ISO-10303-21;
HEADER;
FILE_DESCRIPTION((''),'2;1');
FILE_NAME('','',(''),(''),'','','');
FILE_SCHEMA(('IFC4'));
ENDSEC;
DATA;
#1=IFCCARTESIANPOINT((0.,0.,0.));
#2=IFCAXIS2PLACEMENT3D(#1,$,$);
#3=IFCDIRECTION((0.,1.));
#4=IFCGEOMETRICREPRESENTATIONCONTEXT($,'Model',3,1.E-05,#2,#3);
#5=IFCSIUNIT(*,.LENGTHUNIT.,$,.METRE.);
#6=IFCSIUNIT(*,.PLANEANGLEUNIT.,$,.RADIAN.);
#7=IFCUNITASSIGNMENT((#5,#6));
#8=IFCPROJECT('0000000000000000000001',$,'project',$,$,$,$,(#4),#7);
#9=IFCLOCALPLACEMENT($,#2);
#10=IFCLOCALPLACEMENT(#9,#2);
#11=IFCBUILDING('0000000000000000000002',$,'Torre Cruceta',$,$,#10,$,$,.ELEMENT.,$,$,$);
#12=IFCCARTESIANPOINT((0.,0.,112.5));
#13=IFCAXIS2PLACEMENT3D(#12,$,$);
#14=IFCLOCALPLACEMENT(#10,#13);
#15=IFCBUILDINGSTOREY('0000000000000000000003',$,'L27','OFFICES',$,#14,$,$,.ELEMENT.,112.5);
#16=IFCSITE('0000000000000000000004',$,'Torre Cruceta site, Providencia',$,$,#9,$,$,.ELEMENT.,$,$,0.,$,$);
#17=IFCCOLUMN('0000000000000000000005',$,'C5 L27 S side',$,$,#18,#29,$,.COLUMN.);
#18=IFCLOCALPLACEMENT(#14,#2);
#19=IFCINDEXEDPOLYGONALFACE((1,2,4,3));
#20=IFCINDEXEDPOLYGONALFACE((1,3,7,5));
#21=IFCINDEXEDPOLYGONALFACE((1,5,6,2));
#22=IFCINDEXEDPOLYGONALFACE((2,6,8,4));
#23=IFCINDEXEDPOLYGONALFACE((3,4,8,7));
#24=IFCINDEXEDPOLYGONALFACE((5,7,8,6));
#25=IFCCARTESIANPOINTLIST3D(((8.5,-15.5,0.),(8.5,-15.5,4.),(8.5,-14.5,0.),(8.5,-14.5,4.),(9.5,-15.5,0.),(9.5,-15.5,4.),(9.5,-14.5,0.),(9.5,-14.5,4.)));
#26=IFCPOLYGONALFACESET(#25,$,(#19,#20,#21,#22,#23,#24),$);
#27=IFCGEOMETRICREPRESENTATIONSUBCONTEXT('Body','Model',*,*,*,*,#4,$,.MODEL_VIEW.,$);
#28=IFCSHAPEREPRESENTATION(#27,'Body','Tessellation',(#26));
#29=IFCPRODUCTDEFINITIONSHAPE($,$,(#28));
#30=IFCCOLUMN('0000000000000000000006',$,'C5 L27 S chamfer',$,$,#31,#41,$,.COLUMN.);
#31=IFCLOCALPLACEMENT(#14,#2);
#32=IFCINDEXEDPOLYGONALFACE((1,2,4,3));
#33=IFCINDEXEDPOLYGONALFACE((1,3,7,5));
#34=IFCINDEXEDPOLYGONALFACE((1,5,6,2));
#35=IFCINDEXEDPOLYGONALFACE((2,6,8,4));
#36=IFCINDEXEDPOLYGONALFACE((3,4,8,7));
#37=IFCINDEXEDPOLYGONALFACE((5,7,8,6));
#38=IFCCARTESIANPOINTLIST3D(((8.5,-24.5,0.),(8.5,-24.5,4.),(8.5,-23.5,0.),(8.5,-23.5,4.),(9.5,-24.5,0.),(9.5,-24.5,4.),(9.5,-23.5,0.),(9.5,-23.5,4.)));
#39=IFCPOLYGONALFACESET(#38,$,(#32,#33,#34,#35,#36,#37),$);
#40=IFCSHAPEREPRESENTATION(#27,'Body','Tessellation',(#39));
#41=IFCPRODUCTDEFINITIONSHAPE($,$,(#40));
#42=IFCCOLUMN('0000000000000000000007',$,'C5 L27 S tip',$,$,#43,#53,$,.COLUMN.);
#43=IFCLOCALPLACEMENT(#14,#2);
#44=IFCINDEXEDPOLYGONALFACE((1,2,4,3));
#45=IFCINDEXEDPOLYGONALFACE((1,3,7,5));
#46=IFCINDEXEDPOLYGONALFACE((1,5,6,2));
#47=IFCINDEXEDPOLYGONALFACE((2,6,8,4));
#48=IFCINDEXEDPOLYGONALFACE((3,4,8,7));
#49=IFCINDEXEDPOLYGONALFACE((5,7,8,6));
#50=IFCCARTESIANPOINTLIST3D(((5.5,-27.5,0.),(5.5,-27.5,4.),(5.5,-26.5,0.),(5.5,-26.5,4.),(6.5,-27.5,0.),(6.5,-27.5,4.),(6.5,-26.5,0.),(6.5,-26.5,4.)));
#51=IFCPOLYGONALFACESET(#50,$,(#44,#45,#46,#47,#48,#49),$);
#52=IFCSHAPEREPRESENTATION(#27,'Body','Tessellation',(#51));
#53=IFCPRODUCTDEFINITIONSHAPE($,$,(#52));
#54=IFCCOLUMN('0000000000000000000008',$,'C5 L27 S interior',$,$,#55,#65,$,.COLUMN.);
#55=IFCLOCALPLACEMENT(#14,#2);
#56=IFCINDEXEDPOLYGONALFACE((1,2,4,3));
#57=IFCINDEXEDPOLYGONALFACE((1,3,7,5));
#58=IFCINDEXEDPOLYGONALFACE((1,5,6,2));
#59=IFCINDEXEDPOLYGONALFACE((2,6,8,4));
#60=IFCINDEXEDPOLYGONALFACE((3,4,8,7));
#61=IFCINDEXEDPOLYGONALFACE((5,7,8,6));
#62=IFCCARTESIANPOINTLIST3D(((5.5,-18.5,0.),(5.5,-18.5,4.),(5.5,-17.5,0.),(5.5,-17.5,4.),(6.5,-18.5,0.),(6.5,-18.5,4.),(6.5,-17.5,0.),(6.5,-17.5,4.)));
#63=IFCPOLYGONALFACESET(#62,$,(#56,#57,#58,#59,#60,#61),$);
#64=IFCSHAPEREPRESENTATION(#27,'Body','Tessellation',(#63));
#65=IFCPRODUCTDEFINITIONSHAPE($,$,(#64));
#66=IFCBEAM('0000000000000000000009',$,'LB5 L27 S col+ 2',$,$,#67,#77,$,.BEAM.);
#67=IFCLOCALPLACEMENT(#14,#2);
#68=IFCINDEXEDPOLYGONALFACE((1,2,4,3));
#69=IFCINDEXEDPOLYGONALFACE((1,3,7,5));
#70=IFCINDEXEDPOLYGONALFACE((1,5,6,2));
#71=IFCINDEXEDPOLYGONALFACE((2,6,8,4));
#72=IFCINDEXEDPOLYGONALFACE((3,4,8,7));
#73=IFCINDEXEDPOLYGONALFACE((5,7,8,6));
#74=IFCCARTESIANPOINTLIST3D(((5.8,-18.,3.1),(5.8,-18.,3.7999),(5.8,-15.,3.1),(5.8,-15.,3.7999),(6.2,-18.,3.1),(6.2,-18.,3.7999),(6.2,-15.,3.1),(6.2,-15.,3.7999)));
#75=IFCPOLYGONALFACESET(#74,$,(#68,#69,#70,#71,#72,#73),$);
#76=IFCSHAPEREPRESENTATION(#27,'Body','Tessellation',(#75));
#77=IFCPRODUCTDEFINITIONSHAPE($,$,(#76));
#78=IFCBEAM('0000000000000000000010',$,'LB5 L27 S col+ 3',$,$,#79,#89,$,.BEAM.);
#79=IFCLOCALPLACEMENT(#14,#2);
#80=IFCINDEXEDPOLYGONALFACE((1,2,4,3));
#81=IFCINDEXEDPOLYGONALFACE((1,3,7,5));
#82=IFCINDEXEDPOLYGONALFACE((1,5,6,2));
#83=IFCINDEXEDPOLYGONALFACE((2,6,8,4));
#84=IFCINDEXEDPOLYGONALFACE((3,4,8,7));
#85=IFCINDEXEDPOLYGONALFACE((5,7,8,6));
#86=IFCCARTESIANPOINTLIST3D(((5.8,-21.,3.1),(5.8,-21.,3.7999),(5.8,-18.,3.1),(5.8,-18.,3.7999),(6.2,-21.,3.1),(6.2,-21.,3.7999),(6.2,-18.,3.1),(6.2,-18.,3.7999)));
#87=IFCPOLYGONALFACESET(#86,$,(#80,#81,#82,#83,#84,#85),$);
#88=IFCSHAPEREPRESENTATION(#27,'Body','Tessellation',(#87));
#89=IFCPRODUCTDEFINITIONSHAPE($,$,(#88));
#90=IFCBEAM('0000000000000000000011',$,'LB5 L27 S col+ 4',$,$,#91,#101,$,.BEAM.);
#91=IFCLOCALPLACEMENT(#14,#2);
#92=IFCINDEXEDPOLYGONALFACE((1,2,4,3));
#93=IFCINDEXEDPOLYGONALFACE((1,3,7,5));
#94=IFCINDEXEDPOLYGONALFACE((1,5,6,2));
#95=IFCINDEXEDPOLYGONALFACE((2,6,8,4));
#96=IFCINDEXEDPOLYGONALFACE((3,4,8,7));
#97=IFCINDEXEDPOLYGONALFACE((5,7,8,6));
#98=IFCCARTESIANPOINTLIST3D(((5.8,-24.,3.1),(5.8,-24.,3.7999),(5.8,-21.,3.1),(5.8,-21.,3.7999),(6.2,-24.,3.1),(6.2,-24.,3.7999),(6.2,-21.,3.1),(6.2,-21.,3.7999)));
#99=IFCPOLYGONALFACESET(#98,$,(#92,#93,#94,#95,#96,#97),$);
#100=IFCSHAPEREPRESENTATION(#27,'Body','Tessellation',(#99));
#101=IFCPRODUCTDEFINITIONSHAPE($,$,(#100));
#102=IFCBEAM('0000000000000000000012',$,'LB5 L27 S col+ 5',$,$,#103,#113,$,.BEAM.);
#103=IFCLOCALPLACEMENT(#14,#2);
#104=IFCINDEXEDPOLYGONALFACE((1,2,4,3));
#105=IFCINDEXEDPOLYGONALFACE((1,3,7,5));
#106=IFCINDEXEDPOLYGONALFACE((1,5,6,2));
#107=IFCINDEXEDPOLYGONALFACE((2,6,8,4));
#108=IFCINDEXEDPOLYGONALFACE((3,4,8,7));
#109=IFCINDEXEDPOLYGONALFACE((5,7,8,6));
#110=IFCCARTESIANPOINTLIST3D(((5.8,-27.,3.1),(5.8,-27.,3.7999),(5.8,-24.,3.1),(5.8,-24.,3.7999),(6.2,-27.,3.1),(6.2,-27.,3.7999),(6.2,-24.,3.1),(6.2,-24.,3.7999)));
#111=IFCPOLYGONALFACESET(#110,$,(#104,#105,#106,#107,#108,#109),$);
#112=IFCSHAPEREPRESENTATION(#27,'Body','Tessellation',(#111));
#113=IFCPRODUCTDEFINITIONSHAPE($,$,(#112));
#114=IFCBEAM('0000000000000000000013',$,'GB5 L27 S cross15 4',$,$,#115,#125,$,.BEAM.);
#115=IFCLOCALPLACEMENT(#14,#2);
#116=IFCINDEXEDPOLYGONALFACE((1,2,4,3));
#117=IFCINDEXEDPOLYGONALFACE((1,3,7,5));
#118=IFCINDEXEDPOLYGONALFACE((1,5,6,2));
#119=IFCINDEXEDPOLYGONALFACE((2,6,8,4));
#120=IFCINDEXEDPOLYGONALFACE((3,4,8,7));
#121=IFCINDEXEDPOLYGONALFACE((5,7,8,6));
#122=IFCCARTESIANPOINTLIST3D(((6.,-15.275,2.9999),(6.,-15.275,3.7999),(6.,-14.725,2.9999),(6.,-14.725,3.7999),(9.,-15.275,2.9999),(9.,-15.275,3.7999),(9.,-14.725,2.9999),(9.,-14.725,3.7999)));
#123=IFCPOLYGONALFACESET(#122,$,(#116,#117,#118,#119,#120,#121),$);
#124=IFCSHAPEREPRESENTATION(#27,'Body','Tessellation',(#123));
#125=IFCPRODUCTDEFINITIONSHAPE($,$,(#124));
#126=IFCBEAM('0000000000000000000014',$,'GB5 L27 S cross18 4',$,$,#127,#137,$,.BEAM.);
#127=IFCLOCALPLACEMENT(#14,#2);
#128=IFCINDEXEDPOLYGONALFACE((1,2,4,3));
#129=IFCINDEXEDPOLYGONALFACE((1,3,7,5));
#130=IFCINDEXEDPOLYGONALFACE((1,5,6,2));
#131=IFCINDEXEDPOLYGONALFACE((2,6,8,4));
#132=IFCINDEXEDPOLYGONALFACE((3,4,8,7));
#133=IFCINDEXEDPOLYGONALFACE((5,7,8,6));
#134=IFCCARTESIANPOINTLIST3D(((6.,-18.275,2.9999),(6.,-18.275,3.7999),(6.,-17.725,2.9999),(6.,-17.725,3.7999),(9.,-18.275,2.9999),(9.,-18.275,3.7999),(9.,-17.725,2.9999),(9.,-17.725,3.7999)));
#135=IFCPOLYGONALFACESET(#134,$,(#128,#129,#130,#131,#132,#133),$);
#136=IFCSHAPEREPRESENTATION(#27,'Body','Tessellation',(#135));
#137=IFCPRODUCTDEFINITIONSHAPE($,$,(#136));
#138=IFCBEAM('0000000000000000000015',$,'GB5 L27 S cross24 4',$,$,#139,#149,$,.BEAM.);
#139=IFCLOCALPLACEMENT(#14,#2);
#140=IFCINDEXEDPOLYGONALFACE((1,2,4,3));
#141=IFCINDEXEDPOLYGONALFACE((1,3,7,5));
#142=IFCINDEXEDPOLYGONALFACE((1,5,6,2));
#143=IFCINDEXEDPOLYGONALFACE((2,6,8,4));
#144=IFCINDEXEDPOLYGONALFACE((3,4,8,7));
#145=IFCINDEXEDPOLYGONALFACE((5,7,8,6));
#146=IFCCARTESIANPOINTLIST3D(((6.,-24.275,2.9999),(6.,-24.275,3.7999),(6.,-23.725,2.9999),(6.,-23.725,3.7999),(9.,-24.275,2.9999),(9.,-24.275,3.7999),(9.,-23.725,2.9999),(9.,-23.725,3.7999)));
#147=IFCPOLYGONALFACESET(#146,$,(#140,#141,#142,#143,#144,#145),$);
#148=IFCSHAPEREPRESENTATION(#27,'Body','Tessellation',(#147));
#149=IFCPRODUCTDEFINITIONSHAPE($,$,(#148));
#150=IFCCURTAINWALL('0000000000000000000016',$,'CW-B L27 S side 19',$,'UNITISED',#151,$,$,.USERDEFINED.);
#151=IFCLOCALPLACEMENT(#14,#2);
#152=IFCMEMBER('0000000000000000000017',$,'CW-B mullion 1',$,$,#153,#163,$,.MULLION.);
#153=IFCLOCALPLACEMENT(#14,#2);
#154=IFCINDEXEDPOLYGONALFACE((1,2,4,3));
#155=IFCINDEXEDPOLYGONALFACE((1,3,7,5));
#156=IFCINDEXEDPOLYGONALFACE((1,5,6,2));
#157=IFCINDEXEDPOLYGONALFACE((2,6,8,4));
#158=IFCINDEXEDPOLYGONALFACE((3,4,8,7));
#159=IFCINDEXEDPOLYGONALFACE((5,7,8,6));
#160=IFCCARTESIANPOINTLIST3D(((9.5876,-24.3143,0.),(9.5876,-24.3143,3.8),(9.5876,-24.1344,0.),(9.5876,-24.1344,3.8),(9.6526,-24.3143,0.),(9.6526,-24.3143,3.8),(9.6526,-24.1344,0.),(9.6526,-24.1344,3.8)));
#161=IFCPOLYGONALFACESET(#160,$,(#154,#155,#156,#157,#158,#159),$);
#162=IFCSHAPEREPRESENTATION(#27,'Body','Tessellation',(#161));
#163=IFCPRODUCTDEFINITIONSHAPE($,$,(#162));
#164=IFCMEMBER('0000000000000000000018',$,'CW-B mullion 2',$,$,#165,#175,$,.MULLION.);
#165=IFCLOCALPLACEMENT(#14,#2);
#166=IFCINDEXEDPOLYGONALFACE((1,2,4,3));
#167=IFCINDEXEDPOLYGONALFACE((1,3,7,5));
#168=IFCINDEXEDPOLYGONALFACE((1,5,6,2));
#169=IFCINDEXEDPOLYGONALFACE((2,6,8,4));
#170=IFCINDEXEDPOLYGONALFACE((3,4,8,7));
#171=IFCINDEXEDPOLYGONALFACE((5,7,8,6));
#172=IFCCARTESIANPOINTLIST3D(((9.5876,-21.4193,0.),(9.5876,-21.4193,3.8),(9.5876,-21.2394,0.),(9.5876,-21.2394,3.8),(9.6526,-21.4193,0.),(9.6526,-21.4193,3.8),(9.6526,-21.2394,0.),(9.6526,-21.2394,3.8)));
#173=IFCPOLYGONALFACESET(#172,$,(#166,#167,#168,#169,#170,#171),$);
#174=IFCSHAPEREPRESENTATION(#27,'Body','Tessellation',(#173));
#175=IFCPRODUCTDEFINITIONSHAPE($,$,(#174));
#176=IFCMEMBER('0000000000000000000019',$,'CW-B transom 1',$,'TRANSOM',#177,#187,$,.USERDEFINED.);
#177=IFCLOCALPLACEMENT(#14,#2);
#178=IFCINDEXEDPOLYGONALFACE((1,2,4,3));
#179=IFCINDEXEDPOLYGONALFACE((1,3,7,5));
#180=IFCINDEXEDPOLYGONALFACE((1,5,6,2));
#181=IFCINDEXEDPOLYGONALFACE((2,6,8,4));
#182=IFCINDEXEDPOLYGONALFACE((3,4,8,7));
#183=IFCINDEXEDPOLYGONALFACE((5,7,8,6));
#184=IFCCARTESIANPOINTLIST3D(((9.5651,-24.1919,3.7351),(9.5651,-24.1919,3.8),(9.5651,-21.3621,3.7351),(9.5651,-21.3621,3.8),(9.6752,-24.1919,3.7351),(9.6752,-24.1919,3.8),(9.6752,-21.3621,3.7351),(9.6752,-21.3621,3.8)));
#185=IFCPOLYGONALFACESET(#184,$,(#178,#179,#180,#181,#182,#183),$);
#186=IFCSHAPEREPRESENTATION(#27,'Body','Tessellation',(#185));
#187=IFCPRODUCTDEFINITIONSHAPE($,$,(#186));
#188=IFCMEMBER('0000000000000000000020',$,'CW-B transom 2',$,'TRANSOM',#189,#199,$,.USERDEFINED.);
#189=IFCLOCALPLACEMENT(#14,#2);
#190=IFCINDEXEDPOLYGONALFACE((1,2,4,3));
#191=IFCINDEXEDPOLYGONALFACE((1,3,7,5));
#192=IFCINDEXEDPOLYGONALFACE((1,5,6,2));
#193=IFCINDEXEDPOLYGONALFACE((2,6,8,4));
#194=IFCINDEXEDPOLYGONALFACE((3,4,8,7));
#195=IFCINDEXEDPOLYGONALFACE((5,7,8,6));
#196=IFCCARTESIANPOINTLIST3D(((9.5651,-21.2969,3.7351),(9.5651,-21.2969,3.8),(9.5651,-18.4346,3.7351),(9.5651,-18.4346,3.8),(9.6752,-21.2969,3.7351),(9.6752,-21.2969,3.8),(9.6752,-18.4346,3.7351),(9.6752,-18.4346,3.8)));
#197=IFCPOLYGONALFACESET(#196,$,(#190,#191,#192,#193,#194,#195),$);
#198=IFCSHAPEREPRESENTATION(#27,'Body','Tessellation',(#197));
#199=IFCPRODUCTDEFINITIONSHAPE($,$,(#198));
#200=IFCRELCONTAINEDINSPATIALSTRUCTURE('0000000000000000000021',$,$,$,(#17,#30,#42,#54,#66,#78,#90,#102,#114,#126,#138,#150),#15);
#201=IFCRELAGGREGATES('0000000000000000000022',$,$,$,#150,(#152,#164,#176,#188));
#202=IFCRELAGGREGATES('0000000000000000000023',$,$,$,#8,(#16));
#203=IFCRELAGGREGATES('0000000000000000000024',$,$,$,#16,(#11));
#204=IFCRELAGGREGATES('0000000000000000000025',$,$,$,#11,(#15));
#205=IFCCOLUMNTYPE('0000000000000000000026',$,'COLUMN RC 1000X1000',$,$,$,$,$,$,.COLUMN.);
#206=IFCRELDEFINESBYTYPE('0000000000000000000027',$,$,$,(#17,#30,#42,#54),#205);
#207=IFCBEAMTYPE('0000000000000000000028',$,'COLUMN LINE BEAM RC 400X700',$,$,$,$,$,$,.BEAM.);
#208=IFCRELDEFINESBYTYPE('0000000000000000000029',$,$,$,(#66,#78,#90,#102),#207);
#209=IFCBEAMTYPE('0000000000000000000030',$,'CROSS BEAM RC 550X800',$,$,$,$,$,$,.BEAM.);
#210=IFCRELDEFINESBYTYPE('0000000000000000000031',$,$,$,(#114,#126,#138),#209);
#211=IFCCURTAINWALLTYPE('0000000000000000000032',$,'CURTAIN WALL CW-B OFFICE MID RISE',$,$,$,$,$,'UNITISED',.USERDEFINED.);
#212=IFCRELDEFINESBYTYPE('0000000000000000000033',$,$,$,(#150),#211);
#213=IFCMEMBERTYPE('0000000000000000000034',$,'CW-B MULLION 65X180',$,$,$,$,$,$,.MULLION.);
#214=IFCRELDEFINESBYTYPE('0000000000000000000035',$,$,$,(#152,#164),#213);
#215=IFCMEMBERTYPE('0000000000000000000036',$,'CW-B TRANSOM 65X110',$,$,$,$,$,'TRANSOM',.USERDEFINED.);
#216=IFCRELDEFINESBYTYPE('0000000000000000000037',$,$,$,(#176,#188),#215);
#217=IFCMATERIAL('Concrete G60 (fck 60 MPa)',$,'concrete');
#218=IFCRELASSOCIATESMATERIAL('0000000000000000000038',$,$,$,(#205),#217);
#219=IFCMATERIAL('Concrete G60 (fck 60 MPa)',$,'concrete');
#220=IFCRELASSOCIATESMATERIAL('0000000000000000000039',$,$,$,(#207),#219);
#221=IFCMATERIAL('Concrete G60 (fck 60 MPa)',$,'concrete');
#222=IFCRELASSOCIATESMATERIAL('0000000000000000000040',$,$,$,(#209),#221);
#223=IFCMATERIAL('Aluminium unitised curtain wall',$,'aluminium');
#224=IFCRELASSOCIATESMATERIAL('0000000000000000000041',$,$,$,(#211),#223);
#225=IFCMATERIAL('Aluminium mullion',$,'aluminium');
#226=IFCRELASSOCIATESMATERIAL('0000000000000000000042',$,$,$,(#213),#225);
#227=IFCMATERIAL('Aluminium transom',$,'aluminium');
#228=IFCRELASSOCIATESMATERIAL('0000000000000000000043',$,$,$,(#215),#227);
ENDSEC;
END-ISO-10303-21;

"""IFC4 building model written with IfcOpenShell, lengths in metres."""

from ifc_helpers import new_model, si_unit, direction, frame, origin, origin_2d, place, context, subcontext, project, spatial, rectangle, extrude, material, material_profile, profile_set, type_object, element, aggregate, save


model = new_model("IFC4")

# Units and contexts
model_context = context("Model", 3, precision=1e-05, world=origin(), true_north=direction((0.0, 1.0)))
body_context = subcontext(model_context, "Body", "Model", "MODEL_VIEW")
ifc_project = project(units=[si_unit("LENGTHUNIT", "METRE"), si_unit("PLANEANGLEUNIT", "RADIAN")], contexts=[model_context])

# Site, building, storey
site_placement = place(None, origin())
site = spatial("IfcSite", under=ifc_project, at=site_placement, Name="Torre Cruceta site, Providencia", CompositionType="ELEMENT", RefElevation=0.0)
building_placement = place(site_placement, origin())
building = spatial("IfcBuilding", under=site, at=building_placement, Name="Torre Cruceta", CompositionType="ELEMENT")
storey_placement = place(building_placement, frame((0.0, 0.0, 112.5)))
storey = spatial("IfcBuildingStorey", under=building, at=storey_placement, Name="L27", Description="OFFICES", CompositionType="ELEMENT", Elevation=112.5)

# Columns
ifc_material_1 = material(Name="Concrete G60 (fck 60 MPa)", Category="concrete")
ifc_material_profile_1 = material_profile(ifc_material_1, rectangle(XDim=1.0, YDim=1.0, at=origin_2d()), Name="RC 1000X1000")
ifc_profile_set_1 = profile_set([ifc_material_profile_1], Name="Concrete G60 (fck 60 MPa)")
column_type = type_object("IfcColumnType", Name="COLUMN RC 1000X1000", PredefinedType="COLUMN", material=ifc_profile_set_1)
for number, where, z_axis, x_axis, name in (
    (1, (9.0, -15.0, 0.0), (0.0, 0.0, 1.0), (1.0, 0.0, 0.0), "C5 L27 S side"),
    (2, (9.0, -24.0, 0.0), (0.0, 0.0, 1.0), (1.0, 0.0, 0.0), "C5 L27 S chamfer"),
    (3, (6.0, -27.0, 0.0), (0.0, 0.0, 1.0), (1.0, 0.0, 0.0), "C5 L27 S tip"),
    (4, (6.0, -18.0, 0.0), (0.0, 0.0, 1.0), (1.0, 0.0, 0.0), "C5 L27 S interior"),
):
    element("IfcColumn", number, at=place(storey_placement, frame(where, z_axis=z_axis, x_axis=x_axis)), inside=storey, type_object=column_type, Name=name, PredefinedType="COLUMN", context=body_context, shape_type="SweptSolid", body=[
        extrude(rectangle(XDim=1.0, YDim=1.0, at=origin_2d()), origin(), (0.0, 0.0, 1.0), 4.0),
    ])

# Beams
ifc_material_2 = material(Name="Concrete G60 (fck 60 MPa)", Category="concrete")
ifc_material_profile_2 = material_profile(ifc_material_2, rectangle(XDim=0.3999, YDim=0.7, at=origin_2d()), Name="RC 400X700")
ifc_profile_set_2 = profile_set([ifc_material_profile_2], Name="Concrete G60 (fck 60 MPa)")
beam_type_1 = type_object("IfcBeamType", Name="COLUMN LINE BEAM RC 400X700", PredefinedType="BEAM", material=ifc_profile_set_2)
for number, where, z_axis, x_axis, name in (
    (5, (6.0, -15.0, 3.45), (0.0, -1.0, 0.0), (1.0, 0.0, 0.0), "LB5 L27 S col+ 2"),
    (6, (6.0, -18.0, 3.45), (0.0, -1.0, 0.0), (1.0, 0.0, 0.0), "LB5 L27 S col+ 3"),
    (7, (6.0, -21.0, 3.45), (0.0, -1.0, 0.0), (1.0, 0.0, 0.0), "LB5 L27 S col+ 4"),
    (8, (6.0, -24.0, 3.45), (0.0, -1.0, 0.0), (1.0, 0.0, 0.0), "LB5 L27 S col+ 5"),
):
    element("IfcBeam", number, at=place(storey_placement, frame(where, z_axis=z_axis, x_axis=x_axis)), inside=storey, type_object=beam_type_1, Name=name, PredefinedType="BEAM", context=body_context, shape_type="SweptSolid", body=[
        extrude(rectangle(XDim=0.3999, YDim=0.7, at=origin_2d()), origin(), (0.0, 0.0, 1.0), 3.0),
    ])
ifc_material_3 = material(Name="Concrete G60 (fck 60 MPa)", Category="concrete")
ifc_material_profile_3 = material_profile(ifc_material_3, rectangle(XDim=0.55, YDim=0.8, at=origin_2d()), Name="RC 550X800")
ifc_profile_set_3 = profile_set([ifc_material_profile_3], Name="Concrete G60 (fck 60 MPa)")
beam_type_2 = type_object("IfcBeamType", Name="CROSS BEAM RC 550X800", PredefinedType="BEAM", material=ifc_profile_set_3)
for number, where, z_axis, x_axis, name in (
    (9, (6.0, -15.0, 3.3999), (1.0, 0.0, 0.0), (0.0, 1.0, 0.0), "GB5 L27 S cross15 4"),
    (10, (6.0, -18.0, 3.3999), (1.0, 0.0, 0.0), (0.0, 1.0, 0.0), "GB5 L27 S cross18 4"),
    (11, (6.0, -24.0, 3.3999), (1.0, 0.0, 0.0), (0.0, 1.0, 0.0), "GB5 L27 S cross24 4"),
):
    element("IfcBeam", number, at=place(storey_placement, frame(where, z_axis=z_axis, x_axis=x_axis)), inside=storey, type_object=beam_type_2, Name=name, PredefinedType="BEAM", context=body_context, shape_type="SweptSolid", body=[
        extrude(rectangle(XDim=0.55, YDim=0.8, at=origin_2d()), origin(), (0.0, 0.0, 1.0), 3.0),
    ])

# Curtain wall, members
ifc_material_4 = material(Name="Aluminium unitised curtain wall", Category="aluminium")
curtain_wall_type = type_object("IfcCurtainWallType", Name="CURTAIN WALL CW-B OFFICE MID RISE", ElementType="UNITISED", PredefinedType="USERDEFINED", material=ifc_material_4)
curtain_wall_placement = place(storey_placement, origin())
curtain_wall = element("IfcCurtainWall", 12, at=curtain_wall_placement, inside=storey, type_object=curtain_wall_type, Name="CW-B L27 S side 19", ObjectType="UNITISED", PredefinedType="USERDEFINED")
ifc_material_5 = material(Name="Aluminium mullion", Category="aluminium")
ifc_material_profile_4 = material_profile(ifc_material_5, rectangle(XDim=0.0649, YDim=0.1799, at=origin_2d()), Name="AL 65X180")
ifc_profile_set_4 = profile_set([ifc_material_profile_4], Name="Aluminium mullion")
member_type_1 = type_object("IfcMemberType", Name="CW-B MULLION 65X180", PredefinedType="MULLION", material=ifc_profile_set_4)
member_1_placement = place(storey_placement, frame((9.6201, -24.2244, 0.0), z_axis=(0.0, 0.0, 1.0), x_axis=(-1.0, 0.0, 0.0)))
member_1 = element("IfcMember", 13, at=member_1_placement, type_object=member_type_1, Name="CW-B mullion 1", PredefinedType="MULLION", context=body_context, shape_type="SweptSolid", body=[
    extrude(rectangle(XDim=0.0649, YDim=0.1799, at=origin_2d()), origin(), (0.0, 0.0, 1.0), 3.8),
])
member_2_placement = place(storey_placement, frame((9.6201, -21.3293, 0.0), z_axis=(0.0, 0.0, 1.0), x_axis=(-1.0, 0.0, 0.0)))
member_2 = element("IfcMember", 14, at=member_2_placement, type_object=member_type_1, Name="CW-B mullion 2", PredefinedType="MULLION", context=body_context, shape_type="SweptSolid", body=[
    extrude(rectangle(XDim=0.0649, YDim=0.1799, at=origin_2d()), origin(), (0.0, 0.0, 1.0), 3.8),
])
ifc_material_6 = material(Name="Aluminium transom", Category="aluminium")
ifc_material_profile_5 = material_profile(ifc_material_6, rectangle(XDim=0.1101, YDim=0.0649, at=origin_2d()), Name="AL 110X65")
ifc_profile_set_5 = profile_set([ifc_material_profile_5], Name="Aluminium transom")
member_type_2 = type_object("IfcMemberType", Name="CW-B TRANSOM 65X110", ElementType="TRANSOM", PredefinedType="USERDEFINED", material=ifc_profile_set_5)
member_3_placement = place(storey_placement, frame((9.6201, -24.1919, 3.7676), z_axis=(0.0, 1.0, 0.0), x_axis=(-1.0, 0.0, 0.0)))
member_3 = element("IfcMember", 15, at=member_3_placement, type_object=member_type_2, Name="CW-B transom 1", ObjectType="TRANSOM", PredefinedType="USERDEFINED", context=body_context, shape_type="SweptSolid", body=[
    extrude(rectangle(XDim=0.1101, YDim=0.0649, at=origin_2d()), origin(), (0.0, 0.0, 1.0), 2.8298),
])
member_4_placement = place(storey_placement, frame((9.6201, -21.2969, 3.7676), z_axis=(0.0, 1.0, 0.0), x_axis=(-1.0, 0.0, 0.0)))
member_4 = element("IfcMember", 16, at=member_4_placement, type_object=member_type_2, Name="CW-B transom 2", ObjectType="TRANSOM", PredefinedType="USERDEFINED", context=body_context, shape_type="SweptSolid", body=[
    extrude(rectangle(XDim=0.1101, YDim=0.0649, at=origin_2d()), origin(), (0.0, 0.0, 1.0), 2.8623),
])

aggregate(curtain_wall, [member_1, member_2, member_3, member_4])

save(model, "model.ifc")
